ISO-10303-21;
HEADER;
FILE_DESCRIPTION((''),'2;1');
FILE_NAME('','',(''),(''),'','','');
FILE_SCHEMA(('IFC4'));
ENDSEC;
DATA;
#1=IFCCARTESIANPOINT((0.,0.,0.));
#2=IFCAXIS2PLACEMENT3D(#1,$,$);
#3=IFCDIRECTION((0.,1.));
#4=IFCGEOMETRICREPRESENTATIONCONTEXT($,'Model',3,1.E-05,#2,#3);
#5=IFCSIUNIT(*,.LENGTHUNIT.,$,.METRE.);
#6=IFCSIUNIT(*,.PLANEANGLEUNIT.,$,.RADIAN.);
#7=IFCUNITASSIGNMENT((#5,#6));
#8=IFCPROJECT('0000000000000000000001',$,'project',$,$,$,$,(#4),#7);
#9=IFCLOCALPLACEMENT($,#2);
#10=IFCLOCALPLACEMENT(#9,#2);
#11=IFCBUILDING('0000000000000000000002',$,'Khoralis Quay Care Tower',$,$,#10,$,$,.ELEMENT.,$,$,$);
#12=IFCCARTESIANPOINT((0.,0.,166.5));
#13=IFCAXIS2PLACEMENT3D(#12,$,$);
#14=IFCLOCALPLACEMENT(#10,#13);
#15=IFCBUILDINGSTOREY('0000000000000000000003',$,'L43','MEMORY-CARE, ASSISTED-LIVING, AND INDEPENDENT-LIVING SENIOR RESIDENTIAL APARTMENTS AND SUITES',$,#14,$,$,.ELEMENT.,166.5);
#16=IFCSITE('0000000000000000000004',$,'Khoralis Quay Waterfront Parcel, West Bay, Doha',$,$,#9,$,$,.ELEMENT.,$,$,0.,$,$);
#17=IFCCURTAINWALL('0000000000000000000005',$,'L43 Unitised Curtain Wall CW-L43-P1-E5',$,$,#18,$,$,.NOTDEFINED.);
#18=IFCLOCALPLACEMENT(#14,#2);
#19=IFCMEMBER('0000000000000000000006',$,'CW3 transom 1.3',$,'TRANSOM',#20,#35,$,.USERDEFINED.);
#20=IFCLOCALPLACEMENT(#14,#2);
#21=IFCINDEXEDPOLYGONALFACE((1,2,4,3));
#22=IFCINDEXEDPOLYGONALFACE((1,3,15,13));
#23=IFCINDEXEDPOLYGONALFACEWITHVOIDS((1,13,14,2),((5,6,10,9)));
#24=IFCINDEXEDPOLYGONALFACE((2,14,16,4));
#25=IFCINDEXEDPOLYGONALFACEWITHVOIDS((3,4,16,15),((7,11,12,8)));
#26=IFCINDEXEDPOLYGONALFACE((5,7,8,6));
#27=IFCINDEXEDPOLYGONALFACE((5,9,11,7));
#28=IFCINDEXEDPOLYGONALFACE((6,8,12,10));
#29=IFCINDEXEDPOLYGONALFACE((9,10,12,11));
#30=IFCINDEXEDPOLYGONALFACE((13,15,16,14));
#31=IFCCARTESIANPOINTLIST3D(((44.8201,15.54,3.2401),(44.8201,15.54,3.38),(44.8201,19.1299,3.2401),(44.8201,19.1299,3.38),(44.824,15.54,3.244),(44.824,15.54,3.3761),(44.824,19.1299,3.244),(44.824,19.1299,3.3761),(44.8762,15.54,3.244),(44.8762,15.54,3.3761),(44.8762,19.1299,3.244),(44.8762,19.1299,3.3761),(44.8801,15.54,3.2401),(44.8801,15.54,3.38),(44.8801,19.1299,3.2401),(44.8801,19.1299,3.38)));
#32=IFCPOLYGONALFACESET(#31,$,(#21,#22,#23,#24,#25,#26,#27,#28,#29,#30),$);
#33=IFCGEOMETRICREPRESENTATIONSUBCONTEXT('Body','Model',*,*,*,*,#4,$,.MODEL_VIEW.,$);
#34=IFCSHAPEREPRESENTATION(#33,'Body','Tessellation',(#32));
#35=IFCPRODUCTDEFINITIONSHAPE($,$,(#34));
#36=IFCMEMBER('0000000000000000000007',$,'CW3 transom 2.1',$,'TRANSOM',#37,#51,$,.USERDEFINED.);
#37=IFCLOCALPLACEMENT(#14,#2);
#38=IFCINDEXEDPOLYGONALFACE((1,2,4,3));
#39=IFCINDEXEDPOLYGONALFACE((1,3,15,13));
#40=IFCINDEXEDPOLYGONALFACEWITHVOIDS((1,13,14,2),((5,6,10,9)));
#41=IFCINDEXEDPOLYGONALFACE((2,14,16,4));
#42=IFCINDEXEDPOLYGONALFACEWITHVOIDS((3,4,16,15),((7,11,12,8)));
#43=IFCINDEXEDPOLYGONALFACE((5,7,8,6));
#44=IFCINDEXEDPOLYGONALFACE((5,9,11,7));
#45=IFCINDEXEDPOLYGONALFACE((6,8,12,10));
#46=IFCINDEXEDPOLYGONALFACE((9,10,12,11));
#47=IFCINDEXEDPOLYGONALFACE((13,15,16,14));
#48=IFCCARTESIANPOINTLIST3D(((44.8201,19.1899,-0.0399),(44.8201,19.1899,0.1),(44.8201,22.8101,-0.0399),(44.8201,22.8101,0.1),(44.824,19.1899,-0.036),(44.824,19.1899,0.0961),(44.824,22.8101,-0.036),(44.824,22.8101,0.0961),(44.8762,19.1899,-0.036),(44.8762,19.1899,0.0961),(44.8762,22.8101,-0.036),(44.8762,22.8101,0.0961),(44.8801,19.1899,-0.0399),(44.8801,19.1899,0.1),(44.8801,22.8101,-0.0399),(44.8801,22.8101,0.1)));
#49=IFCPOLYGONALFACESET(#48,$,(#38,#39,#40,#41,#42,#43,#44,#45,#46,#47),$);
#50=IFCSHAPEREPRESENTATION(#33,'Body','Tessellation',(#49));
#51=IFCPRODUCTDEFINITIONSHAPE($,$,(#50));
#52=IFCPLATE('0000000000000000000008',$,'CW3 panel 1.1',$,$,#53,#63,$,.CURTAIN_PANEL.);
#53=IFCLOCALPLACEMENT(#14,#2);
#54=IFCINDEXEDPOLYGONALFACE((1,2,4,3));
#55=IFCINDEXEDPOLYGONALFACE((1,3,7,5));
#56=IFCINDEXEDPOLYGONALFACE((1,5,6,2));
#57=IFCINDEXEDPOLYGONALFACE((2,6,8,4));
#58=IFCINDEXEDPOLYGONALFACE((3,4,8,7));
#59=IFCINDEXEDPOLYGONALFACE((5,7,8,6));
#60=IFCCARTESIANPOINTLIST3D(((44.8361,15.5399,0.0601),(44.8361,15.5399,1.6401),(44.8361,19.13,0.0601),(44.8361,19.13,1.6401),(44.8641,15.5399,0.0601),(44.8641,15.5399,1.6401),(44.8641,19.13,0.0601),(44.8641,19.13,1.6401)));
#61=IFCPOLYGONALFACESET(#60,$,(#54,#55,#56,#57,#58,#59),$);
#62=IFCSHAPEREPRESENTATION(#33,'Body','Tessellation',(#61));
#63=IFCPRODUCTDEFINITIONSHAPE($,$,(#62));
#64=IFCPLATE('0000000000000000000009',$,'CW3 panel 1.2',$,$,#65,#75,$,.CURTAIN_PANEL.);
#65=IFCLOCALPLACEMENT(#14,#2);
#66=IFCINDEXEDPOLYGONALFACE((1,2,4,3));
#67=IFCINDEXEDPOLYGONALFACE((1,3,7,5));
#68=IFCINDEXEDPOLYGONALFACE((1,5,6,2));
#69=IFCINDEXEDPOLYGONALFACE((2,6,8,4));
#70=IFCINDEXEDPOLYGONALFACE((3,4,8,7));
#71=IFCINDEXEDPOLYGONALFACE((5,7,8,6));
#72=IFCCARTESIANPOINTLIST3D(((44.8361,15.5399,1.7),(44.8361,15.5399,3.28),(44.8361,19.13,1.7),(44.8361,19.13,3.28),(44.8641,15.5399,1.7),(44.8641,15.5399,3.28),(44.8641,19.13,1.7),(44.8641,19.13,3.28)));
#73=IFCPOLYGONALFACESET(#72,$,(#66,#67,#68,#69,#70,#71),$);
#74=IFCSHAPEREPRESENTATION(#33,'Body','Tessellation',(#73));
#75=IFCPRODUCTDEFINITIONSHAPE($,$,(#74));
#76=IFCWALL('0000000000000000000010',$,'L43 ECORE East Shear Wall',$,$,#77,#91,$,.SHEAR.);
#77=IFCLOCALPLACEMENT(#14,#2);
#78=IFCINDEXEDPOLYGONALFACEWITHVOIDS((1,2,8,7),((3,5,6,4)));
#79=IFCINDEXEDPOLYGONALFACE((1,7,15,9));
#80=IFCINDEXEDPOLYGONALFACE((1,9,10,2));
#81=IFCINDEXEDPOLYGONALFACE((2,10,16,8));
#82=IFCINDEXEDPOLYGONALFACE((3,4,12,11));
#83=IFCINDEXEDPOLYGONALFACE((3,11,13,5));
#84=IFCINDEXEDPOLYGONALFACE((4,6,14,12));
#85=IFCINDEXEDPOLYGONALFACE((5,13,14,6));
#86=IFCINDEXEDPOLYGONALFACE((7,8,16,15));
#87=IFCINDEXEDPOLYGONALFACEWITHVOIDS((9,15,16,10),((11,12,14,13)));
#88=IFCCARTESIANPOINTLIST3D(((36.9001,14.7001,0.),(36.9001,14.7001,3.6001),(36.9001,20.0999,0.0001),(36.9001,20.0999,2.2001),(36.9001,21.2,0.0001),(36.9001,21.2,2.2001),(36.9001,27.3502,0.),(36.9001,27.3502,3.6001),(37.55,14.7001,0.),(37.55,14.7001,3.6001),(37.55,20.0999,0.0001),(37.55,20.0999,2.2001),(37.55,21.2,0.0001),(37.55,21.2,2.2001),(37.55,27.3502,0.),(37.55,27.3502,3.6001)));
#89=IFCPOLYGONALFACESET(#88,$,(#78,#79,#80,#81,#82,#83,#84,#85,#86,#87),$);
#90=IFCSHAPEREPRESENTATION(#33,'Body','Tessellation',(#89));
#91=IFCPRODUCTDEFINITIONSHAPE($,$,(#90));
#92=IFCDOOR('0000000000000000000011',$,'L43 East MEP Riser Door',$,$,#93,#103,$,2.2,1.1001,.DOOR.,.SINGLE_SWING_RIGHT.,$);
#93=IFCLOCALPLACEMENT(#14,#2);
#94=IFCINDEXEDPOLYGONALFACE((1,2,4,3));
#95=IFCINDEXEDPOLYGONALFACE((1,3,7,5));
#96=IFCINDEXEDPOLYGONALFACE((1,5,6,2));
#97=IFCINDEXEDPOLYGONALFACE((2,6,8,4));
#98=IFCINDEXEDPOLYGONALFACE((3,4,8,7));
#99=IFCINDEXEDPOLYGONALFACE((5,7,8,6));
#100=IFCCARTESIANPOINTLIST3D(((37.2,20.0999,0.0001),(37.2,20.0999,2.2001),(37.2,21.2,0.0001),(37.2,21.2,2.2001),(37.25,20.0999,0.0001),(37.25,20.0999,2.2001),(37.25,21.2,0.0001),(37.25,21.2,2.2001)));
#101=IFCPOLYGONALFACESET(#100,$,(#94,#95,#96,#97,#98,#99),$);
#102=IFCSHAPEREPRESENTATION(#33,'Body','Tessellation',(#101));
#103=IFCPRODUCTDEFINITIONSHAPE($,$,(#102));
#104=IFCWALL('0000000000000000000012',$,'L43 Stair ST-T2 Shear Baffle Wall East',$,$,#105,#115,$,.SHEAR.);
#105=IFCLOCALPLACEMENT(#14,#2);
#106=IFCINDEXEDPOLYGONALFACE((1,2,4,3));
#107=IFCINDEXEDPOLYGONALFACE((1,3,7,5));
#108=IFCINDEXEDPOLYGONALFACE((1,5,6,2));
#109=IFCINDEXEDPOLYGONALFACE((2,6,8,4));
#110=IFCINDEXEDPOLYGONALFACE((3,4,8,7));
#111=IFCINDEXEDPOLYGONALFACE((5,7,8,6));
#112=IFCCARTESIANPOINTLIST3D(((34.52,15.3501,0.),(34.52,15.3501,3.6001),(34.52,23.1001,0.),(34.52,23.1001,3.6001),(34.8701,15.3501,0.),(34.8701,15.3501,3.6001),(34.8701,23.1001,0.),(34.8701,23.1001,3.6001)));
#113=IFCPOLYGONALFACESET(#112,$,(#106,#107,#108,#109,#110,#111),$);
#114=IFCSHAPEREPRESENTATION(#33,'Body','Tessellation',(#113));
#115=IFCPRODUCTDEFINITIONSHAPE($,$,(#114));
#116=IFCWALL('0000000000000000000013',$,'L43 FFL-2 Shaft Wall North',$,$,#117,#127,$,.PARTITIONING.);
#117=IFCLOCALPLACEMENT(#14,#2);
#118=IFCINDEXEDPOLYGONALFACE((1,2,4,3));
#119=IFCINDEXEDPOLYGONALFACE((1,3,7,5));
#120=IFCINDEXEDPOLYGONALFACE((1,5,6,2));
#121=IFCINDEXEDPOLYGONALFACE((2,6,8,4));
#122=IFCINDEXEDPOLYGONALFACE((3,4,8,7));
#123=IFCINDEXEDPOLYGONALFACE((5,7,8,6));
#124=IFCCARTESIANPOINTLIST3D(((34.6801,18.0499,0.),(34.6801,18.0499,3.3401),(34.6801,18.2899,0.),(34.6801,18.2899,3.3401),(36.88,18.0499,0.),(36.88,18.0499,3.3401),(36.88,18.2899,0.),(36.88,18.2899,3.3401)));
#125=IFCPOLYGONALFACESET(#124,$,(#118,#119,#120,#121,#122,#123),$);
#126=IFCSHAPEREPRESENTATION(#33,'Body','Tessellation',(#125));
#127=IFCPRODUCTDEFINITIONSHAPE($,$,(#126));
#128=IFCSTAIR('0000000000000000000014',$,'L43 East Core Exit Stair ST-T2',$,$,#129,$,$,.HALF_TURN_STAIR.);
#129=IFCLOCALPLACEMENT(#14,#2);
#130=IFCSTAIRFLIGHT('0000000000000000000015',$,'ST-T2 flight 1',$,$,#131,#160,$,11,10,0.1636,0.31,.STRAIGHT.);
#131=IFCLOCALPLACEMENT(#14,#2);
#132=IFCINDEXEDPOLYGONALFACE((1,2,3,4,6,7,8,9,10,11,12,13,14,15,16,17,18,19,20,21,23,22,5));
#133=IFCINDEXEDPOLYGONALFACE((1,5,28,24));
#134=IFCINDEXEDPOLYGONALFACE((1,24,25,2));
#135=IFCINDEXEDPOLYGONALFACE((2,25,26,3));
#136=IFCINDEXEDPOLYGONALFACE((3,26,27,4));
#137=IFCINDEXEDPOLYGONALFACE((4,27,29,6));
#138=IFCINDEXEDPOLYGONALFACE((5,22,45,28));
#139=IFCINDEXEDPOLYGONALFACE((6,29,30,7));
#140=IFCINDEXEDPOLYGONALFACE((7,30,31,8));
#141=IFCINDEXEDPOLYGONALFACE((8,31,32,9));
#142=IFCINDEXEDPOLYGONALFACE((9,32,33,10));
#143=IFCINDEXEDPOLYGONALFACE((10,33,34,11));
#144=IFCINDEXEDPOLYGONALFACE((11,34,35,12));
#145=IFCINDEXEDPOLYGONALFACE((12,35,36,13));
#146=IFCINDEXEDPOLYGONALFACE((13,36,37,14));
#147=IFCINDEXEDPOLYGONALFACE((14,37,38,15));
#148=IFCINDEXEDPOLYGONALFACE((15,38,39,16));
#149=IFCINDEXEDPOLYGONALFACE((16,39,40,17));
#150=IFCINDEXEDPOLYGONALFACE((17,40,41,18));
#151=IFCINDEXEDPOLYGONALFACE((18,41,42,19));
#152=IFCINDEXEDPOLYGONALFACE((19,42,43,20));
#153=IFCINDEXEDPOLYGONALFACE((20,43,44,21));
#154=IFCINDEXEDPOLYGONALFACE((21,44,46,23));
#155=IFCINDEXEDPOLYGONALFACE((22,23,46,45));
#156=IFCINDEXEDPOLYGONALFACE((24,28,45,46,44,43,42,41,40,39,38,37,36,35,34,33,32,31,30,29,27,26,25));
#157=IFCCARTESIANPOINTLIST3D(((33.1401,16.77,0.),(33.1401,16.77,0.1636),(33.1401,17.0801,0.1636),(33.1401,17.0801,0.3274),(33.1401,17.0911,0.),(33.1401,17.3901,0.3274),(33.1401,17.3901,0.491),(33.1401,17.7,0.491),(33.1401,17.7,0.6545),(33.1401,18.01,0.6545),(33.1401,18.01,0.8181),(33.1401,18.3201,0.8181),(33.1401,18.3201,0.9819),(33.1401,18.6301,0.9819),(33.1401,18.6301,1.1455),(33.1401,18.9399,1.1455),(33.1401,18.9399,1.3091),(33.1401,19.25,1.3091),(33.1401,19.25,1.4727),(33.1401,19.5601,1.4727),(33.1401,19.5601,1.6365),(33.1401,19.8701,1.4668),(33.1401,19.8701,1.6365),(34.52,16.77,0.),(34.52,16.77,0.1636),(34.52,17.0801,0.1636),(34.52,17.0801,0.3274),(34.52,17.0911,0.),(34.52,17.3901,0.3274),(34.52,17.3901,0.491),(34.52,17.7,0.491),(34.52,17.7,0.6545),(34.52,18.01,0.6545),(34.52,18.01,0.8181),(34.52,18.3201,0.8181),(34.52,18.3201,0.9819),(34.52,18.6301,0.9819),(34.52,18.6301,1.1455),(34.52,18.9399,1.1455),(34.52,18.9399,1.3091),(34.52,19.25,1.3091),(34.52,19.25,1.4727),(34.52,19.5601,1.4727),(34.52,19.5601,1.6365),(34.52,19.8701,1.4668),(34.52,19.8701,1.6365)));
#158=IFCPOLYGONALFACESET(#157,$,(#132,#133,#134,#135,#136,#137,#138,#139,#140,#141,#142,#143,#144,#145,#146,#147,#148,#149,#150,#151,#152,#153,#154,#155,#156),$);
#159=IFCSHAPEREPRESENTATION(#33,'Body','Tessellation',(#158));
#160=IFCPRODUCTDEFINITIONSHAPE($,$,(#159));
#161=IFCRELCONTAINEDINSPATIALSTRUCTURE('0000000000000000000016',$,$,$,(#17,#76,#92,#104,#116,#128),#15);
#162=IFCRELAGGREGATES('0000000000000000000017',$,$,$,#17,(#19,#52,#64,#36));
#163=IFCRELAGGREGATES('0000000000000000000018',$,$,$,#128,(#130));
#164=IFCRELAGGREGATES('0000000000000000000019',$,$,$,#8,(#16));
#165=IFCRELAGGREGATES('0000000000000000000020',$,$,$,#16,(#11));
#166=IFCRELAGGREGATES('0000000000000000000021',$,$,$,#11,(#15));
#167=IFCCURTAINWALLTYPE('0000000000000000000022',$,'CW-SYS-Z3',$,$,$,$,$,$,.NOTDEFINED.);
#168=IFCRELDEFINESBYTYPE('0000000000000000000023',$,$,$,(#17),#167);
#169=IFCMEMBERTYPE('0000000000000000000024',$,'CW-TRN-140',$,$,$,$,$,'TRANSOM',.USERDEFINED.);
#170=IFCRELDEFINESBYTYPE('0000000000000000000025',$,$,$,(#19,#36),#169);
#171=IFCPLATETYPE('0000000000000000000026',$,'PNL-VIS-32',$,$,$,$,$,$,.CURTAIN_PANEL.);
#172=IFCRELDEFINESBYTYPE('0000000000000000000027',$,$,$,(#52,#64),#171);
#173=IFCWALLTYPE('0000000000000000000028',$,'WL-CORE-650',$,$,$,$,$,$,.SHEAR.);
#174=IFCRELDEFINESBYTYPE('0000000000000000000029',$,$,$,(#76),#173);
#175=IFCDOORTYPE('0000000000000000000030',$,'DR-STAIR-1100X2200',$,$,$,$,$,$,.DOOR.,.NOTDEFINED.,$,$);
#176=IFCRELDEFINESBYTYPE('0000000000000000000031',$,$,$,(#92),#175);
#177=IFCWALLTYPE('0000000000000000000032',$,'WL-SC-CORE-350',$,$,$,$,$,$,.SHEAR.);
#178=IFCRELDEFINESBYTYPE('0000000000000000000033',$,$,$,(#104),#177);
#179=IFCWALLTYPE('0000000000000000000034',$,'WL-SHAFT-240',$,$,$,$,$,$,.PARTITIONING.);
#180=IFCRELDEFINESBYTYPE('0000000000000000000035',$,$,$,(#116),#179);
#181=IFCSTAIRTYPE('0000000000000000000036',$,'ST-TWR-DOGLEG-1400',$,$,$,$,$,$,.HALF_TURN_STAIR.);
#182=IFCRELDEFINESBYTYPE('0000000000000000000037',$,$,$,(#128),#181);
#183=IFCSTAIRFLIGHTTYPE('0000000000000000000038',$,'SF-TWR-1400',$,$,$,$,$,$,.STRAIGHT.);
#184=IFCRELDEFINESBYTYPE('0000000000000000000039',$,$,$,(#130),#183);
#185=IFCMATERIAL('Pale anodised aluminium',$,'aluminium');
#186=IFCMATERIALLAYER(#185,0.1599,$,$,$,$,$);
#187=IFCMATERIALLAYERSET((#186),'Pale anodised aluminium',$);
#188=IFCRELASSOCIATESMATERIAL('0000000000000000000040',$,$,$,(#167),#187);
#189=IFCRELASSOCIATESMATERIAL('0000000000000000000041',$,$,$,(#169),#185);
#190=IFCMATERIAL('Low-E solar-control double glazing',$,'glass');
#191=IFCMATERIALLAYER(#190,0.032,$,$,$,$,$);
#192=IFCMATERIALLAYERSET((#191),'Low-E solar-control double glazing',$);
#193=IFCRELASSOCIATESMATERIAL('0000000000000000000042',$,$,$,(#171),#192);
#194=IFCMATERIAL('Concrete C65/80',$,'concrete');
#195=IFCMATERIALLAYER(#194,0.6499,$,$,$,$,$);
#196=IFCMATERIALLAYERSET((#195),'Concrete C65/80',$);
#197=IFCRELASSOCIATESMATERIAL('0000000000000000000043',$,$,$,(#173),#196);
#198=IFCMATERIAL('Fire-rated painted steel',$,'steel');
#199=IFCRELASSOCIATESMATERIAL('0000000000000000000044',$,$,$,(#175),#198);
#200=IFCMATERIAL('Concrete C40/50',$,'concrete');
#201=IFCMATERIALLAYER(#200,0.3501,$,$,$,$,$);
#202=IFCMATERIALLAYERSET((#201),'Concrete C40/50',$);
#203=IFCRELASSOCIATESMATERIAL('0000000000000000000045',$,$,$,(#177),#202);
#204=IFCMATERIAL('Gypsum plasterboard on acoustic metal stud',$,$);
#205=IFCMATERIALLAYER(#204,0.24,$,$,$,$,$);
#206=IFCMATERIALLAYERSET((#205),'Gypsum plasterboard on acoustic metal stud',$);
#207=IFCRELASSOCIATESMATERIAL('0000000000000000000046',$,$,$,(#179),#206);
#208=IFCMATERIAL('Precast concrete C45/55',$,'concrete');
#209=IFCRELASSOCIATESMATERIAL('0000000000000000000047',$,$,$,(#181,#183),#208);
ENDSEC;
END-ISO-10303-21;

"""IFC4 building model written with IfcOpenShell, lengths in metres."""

from ifc_helpers import new_model, si_unit, direction, frame, frame_2d, origin, origin_2d, place, context, subcontext, project, spatial, polyline, rectangle, hollow_rectangle, outline, extrude, source, transform, mapped, material, layer, layer_set, material_profile, profile_set, type_object, element, fill, aggregate, save


model = new_model("IFC4")

# Units and contexts
model_context = context("Model", 3, precision=1e-05, world=origin(), true_north=direction((0.0, 1.0)))
body_context = subcontext(model_context, "Body", "Model", "MODEL_VIEW")
ifc_project = project(units=[si_unit("LENGTHUNIT", "METRE"), si_unit("PLANEANGLEUNIT", "RADIAN")], contexts=[model_context])

# Site, building, storey
site_placement = place(None, origin())
site = spatial("IfcSite", under=ifc_project, at=site_placement, Name="Khoralis Quay Waterfront Parcel, West Bay, Doha", CompositionType="ELEMENT", RefElevation=0.0)
building_placement = place(site_placement, origin())
building = spatial("IfcBuilding", under=site, at=building_placement, Name="Khoralis Quay Care Tower", CompositionType="ELEMENT")
storey_placement = place(building_placement, frame((0.0, 0.0, 166.5)))
storey = spatial("IfcBuildingStorey", under=building, at=storey_placement, Name="L43", Description="MEMORY-CARE, ASSISTED-LIVING, AND INDEPENDENT-LIVING SENIOR RESIDENTIAL APARTMENTS AND SUITES", CompositionType="ELEMENT", Elevation=166.5)

# Shared definitions
ifc_material_1 = material(Name="Concrete C65/80", Category="concrete")

# Curtain wall, members, plates
ifc_material_2 = material(Name="Pale anodised aluminium", Category="aluminium")
ifc_layer_1 = layer(ifc_material_2, 0.1599)
ifc_layer_set_1 = layer_set([ifc_layer_1], Name="Pale anodised aluminium")
curtain_wall_type = type_object("IfcCurtainWallType", Name="CW-SYS-Z3", PredefinedType="NOTDEFINED", material=ifc_layer_set_1)
curtain_wall_placement = place(storey_placement, origin())
curtain_wall = element("IfcCurtainWall", 1, at=curtain_wall_placement, inside=storey, type_object=curtain_wall_type, Name="L43 Unitised Curtain Wall CW-L43-P1-E5", PredefinedType="NOTDEFINED")
ifc_material_profile_1 = material_profile(ifc_material_2, hollow_rectangle(XDim=0.0601, YDim=0.1399, WallThickness=0.0039, at=origin_2d()), Name="Pale anodised aluminium")
ifc_profile_set_1 = profile_set([ifc_material_profile_1], Name="Pale anodised aluminium")
member_type_1 = type_object("IfcMemberType", Name="CW-TRN-140", ElementType="TRANSOM", PredefinedType="USERDEFINED", material=ifc_profile_set_1)
shared_shape_1 = source(origin(), body_context, "Body", "SweptSolid", [
    extrude(hollow_rectangle(XDim=0.0601, YDim=0.1399, WallThickness=0.0039, at=origin_2d()), origin(), (0.0, 0.0, 1.0), 3.5898),
])
member_1_placement = place(storey_placement, frame((44.8501, 15.54, 3.3101), z_axis=(0.0, 1.0, 0.0), x_axis=(-1.0, 0.0, 0.0)))
member_1 = element("IfcMember", 2, at=member_1_placement, type_object=member_type_1, Name="CW3 transom 1.3", ObjectType="TRANSOM", PredefinedType="USERDEFINED", context=body_context, shape_type="MappedRepresentation", body=[
    mapped(shared_shape_1, transform((0.0, 0.0, 0.0), scale=1.0)),
])
shared_shape_2 = source(origin(), body_context, "Body", "SweptSolid", [
    extrude(hollow_rectangle(XDim=0.0601, YDim=0.1399, WallThickness=0.0039, at=origin_2d()), origin(), (0.0, 0.0, 1.0), 3.6201),
])
member_2_placement = place(storey_placement, frame((44.8501, 19.1899, 0.03), z_axis=(0.0, 1.0, 0.0), x_axis=(-1.0, 0.0, 0.0)))
member_2 = element("IfcMember", 3, at=member_2_placement, type_object=member_type_1, Name="CW3 transom 2.1", ObjectType="TRANSOM", PredefinedType="USERDEFINED", context=body_context, shape_type="MappedRepresentation", body=[
    mapped(shared_shape_2, transform((0.0, 0.0, 0.0), scale=1.0)),
])
ifc_material_3 = material(Name="Low-E solar-control double glazing", Category="glass")
ifc_layer_2 = layer(ifc_material_3, 0.032)
ifc_layer_set_2 = layer_set([ifc_layer_2], Name="Low-E solar-control double glazing")
plate_type = type_object("IfcPlateType", Name="PNL-VIS-32", PredefinedType="CURTAIN_PANEL", material=ifc_layer_set_2)
shared_shape_3 = source(origin(), body_context, "Body", "SweptSolid", [
    extrude(rectangle(XDim=3.5901, YDim=0.0281, at=origin_2d()), origin(), (0.0, 0.0, 1.0), 1.5801),
])
plate_1_placement = place(storey_placement, frame((44.8501, 17.335, 0.0601), z_axis=(0.0, 0.0, 1.0), x_axis=(0.0, 1.0, 0.0)))
plate_1 = element("IfcPlate", 4, at=plate_1_placement, type_object=plate_type, Name="CW3 panel 1.1", PredefinedType="CURTAIN_PANEL", context=body_context, shape_type="MappedRepresentation", body=[
    mapped(shared_shape_3, transform((0.0, 0.0, 0.0), scale=1.0)),
])
plate_2_placement = place(storey_placement, frame((44.8501, 17.335, 1.7), z_axis=(0.0, 0.0, 1.0), x_axis=(0.0, 1.0, 0.0)))
plate_2 = element("IfcPlate", 5, at=plate_2_placement, type_object=plate_type, Name="CW3 panel 1.2", PredefinedType="CURTAIN_PANEL", context=body_context, shape_type="MappedRepresentation", body=[
    mapped(shared_shape_3, transform((0.0, 0.0, 0.0), scale=1.0)),
])
aggregate(curtain_wall, [member_1, plate_1, plate_2, member_2])

# Wall, opening, door
ifc_layer_3 = layer(ifc_material_1, 0.6499)
ifc_layer_set_3 = layer_set([ifc_layer_3], Name="Concrete C65/80")
wall_type_1 = type_object("IfcWallType", Name="WL-CORE-650", PredefinedType="SHEAR", material=ifc_layer_set_3)
wall_1_placement = place(storey_placement, frame((37.2251, 14.7, 0.0), z_axis=(0.0, 0.0, 1.0), x_axis=(0.0, 1.0, 0.0)))
wall_1 = element("IfcWall", 6, at=wall_1_placement, inside=storey, type_object=wall_type_1, Name="L43 ECORE East Shear Wall", PredefinedType="SHEAR", context=body_context, shape_type="SweptSolid", body=[
    extrude(rectangle(XDim=12.6501, YDim=0.6499, at=frame_2d((6.3252, 0.0))), origin(), (0.0, 0.0, 1.0), 3.6001),
])
opening_placement = place(wall_1_placement, frame((5.3999, 0.0, 0.0)))
opening = element("IfcOpeningElement", 7, at=opening_placement, cuts=wall_1, PredefinedType="OPENING", context=body_context, shape_type="SweptSolid", body=[
    extrude(rectangle(XDim=1.1001, YDim=2.2, at=frame_2d((0.55, 1.1001))), frame((0.0, 0.335, 0.0), z_axis=(0.0, -1.0, 0.0), x_axis=(1.0, 0.0, 0.0)), (0.0, 0.0, 1.0), 0.6699),
])
ifc_material_4 = material(Name="Fire-rated painted steel", Category="steel")
door_type = type_object("IfcDoorType", Name="DR-STAIR-1100X2200", OperationType="NOTDEFINED", PredefinedType="DOOR", material=ifc_material_4)
shared_shape_4 = source(origin(), body_context, "Body", "SweptSolid", [
    extrude(rectangle(XDim=1.1001, YDim=2.2, at=frame_2d((0.55, 1.1001))), frame((0.0, 0.0249, 0.0), z_axis=(0.0, -1.0, 0.0), x_axis=(1.0, 0.0, 0.0)), (0.0, 0.0, 1.0), 0.05),
])
door_placement = place(opening_placement, frame((1.1001, 0.0, 0.0), z_axis=(0.0, 0.0, 1.0), x_axis=(-1.0, 0.0, 0.0)))
door = element("IfcDoor", 8, at=door_placement, inside=storey, type_object=door_type, Name="L43 East MEP Riser Door", OperationType="SINGLE_SWING_RIGHT", OverallHeight=2.2, OverallWidth=1.1001, PredefinedType="DOOR", context=body_context, shape_type="MappedRepresentation", body=[
    mapped(shared_shape_4, transform((0.0, 0.0, 0.0), scale=1.0)),
])
fill(opening, door)

# Walls
ifc_material_5 = material(Name="Concrete C40/50", Category="concrete")
ifc_layer_4 = layer(ifc_material_5, 0.3501)
ifc_layer_set_4 = layer_set([ifc_layer_4], Name="Concrete C40/50")
wall_type_2 = type_object("IfcWallType", Name="WL-SC-CORE-350", PredefinedType="SHEAR", material=ifc_layer_set_4)
wall_2_placement = place(storey_placement, frame((34.6951, 15.3501, 0.0), z_axis=(0.0, 0.0, 1.0), x_axis=(0.0, 1.0, 0.0)))
element("IfcWall", 9, at=wall_2_placement, inside=storey, type_object=wall_type_2, Name="L43 Stair ST-T2 Shear Baffle Wall East", PredefinedType="SHEAR", context=body_context, shape_type="SweptSolid", body=[
    extrude(rectangle(XDim=7.75, YDim=0.3501, at=frame_2d((3.875, 0.0))), origin(), (0.0, 0.0, 1.0), 3.6001),
])
ifc_material_6 = material(Name="Gypsum plasterboard on acoustic metal stud")
ifc_layer_5 = layer(ifc_material_6, 0.24)
ifc_layer_set_5 = layer_set([ifc_layer_5], Name="Gypsum plasterboard on acoustic metal stud")
wall_type_3 = type_object("IfcWallType", Name="WL-SHAFT-240", PredefinedType="PARTITIONING", material=ifc_layer_set_5)
wall_3_placement = place(storey_placement, frame((34.6799, 18.1699, 0.0), z_axis=(0.0, 0.0, 1.0), x_axis=(1.0, 0.0, 0.0)))
element("IfcWall", 10, at=wall_3_placement, inside=storey, type_object=wall_type_3, Name="L43 FFL-2 Shaft Wall North", PredefinedType="PARTITIONING", context=body_context, shape_type="SweptSolid", body=[
    extrude(rectangle(XDim=2.2, YDim=0.24, at=frame_2d((1.1001, 0.0))), origin(), (0.0, 0.0, 1.0), 3.3401),
])

# Stair, stair flight
ifc_material_7 = material(Name="Precast concrete C45/55", Category="concrete")
stair_type = type_object("IfcStairType", Name="ST-TWR-DOGLEG-1400", PredefinedType="HALF_TURN_STAIR", material=ifc_material_7)
stair_placement = place(storey_placement, origin())
stair = element("IfcStair", 11, at=stair_placement, inside=storey, type_object=stair_type, Name="L43 East Core Exit Stair ST-T2", PredefinedType="HALF_TURN_STAIR")
stair_flight_type = type_object("IfcStairFlightType", Name="SF-TWR-1400", PredefinedType="STRAIGHT", material=ifc_material_7)
shared_shape_5 = source(origin(), body_context, "Body", "SweptSolid", [
    extrude(outline(polyline([(0.0, 0.0), (0.0, 0.1636), (0.3101, 0.1636), (0.3101, 0.3274), (0.6201, 0.3274), (0.6201, 0.491), (0.9299, 0.491), (0.9299, 0.6545), (1.24, 0.6545), (1.24, 0.8181), (1.55, 0.8181), (1.55, 0.9819), (1.8601, 0.9819), (1.8601, 1.1455), (2.1699, 1.1455), (2.1699, 1.3091), (2.48, 1.3091), (2.48, 1.4727), (2.79, 1.4727), (2.79, 1.6365), (3.1001, 1.6365), (3.1001, 1.8), (3.1001, 1.4668), (0.321, 0.0), (0.0, 0.0)])), frame((0.0, 0.6899, 0.0), z_axis=(0.0, -1.0, 0.0), x_axis=(1.0, 0.0, 0.0)), (0.0, 0.0, 1.0), 1.3799),
])
stair_flight_placement = place(storey_placement, frame((33.8301, 16.77, 0.0), z_axis=(0.0, 0.0, 1.0), x_axis=(0.0, 1.0, 0.0)))
stair_flight = element("IfcStairFlight", 12, at=stair_flight_placement, type_object=stair_flight_type, Name="ST-T2 flight 1", NumberOfRisers=11, NumberOfTreads=10, PredefinedType="STRAIGHT", RiserHeight=0.1636, TreadLength=0.31, context=body_context, shape_type="MappedRepresentation", body=[
    mapped(shared_shape_5, transform((0.0, 0.0, 0.0), scale=1.0)),
])
aggregate(stair, [stair_flight])

save(model, "model.ifc")
